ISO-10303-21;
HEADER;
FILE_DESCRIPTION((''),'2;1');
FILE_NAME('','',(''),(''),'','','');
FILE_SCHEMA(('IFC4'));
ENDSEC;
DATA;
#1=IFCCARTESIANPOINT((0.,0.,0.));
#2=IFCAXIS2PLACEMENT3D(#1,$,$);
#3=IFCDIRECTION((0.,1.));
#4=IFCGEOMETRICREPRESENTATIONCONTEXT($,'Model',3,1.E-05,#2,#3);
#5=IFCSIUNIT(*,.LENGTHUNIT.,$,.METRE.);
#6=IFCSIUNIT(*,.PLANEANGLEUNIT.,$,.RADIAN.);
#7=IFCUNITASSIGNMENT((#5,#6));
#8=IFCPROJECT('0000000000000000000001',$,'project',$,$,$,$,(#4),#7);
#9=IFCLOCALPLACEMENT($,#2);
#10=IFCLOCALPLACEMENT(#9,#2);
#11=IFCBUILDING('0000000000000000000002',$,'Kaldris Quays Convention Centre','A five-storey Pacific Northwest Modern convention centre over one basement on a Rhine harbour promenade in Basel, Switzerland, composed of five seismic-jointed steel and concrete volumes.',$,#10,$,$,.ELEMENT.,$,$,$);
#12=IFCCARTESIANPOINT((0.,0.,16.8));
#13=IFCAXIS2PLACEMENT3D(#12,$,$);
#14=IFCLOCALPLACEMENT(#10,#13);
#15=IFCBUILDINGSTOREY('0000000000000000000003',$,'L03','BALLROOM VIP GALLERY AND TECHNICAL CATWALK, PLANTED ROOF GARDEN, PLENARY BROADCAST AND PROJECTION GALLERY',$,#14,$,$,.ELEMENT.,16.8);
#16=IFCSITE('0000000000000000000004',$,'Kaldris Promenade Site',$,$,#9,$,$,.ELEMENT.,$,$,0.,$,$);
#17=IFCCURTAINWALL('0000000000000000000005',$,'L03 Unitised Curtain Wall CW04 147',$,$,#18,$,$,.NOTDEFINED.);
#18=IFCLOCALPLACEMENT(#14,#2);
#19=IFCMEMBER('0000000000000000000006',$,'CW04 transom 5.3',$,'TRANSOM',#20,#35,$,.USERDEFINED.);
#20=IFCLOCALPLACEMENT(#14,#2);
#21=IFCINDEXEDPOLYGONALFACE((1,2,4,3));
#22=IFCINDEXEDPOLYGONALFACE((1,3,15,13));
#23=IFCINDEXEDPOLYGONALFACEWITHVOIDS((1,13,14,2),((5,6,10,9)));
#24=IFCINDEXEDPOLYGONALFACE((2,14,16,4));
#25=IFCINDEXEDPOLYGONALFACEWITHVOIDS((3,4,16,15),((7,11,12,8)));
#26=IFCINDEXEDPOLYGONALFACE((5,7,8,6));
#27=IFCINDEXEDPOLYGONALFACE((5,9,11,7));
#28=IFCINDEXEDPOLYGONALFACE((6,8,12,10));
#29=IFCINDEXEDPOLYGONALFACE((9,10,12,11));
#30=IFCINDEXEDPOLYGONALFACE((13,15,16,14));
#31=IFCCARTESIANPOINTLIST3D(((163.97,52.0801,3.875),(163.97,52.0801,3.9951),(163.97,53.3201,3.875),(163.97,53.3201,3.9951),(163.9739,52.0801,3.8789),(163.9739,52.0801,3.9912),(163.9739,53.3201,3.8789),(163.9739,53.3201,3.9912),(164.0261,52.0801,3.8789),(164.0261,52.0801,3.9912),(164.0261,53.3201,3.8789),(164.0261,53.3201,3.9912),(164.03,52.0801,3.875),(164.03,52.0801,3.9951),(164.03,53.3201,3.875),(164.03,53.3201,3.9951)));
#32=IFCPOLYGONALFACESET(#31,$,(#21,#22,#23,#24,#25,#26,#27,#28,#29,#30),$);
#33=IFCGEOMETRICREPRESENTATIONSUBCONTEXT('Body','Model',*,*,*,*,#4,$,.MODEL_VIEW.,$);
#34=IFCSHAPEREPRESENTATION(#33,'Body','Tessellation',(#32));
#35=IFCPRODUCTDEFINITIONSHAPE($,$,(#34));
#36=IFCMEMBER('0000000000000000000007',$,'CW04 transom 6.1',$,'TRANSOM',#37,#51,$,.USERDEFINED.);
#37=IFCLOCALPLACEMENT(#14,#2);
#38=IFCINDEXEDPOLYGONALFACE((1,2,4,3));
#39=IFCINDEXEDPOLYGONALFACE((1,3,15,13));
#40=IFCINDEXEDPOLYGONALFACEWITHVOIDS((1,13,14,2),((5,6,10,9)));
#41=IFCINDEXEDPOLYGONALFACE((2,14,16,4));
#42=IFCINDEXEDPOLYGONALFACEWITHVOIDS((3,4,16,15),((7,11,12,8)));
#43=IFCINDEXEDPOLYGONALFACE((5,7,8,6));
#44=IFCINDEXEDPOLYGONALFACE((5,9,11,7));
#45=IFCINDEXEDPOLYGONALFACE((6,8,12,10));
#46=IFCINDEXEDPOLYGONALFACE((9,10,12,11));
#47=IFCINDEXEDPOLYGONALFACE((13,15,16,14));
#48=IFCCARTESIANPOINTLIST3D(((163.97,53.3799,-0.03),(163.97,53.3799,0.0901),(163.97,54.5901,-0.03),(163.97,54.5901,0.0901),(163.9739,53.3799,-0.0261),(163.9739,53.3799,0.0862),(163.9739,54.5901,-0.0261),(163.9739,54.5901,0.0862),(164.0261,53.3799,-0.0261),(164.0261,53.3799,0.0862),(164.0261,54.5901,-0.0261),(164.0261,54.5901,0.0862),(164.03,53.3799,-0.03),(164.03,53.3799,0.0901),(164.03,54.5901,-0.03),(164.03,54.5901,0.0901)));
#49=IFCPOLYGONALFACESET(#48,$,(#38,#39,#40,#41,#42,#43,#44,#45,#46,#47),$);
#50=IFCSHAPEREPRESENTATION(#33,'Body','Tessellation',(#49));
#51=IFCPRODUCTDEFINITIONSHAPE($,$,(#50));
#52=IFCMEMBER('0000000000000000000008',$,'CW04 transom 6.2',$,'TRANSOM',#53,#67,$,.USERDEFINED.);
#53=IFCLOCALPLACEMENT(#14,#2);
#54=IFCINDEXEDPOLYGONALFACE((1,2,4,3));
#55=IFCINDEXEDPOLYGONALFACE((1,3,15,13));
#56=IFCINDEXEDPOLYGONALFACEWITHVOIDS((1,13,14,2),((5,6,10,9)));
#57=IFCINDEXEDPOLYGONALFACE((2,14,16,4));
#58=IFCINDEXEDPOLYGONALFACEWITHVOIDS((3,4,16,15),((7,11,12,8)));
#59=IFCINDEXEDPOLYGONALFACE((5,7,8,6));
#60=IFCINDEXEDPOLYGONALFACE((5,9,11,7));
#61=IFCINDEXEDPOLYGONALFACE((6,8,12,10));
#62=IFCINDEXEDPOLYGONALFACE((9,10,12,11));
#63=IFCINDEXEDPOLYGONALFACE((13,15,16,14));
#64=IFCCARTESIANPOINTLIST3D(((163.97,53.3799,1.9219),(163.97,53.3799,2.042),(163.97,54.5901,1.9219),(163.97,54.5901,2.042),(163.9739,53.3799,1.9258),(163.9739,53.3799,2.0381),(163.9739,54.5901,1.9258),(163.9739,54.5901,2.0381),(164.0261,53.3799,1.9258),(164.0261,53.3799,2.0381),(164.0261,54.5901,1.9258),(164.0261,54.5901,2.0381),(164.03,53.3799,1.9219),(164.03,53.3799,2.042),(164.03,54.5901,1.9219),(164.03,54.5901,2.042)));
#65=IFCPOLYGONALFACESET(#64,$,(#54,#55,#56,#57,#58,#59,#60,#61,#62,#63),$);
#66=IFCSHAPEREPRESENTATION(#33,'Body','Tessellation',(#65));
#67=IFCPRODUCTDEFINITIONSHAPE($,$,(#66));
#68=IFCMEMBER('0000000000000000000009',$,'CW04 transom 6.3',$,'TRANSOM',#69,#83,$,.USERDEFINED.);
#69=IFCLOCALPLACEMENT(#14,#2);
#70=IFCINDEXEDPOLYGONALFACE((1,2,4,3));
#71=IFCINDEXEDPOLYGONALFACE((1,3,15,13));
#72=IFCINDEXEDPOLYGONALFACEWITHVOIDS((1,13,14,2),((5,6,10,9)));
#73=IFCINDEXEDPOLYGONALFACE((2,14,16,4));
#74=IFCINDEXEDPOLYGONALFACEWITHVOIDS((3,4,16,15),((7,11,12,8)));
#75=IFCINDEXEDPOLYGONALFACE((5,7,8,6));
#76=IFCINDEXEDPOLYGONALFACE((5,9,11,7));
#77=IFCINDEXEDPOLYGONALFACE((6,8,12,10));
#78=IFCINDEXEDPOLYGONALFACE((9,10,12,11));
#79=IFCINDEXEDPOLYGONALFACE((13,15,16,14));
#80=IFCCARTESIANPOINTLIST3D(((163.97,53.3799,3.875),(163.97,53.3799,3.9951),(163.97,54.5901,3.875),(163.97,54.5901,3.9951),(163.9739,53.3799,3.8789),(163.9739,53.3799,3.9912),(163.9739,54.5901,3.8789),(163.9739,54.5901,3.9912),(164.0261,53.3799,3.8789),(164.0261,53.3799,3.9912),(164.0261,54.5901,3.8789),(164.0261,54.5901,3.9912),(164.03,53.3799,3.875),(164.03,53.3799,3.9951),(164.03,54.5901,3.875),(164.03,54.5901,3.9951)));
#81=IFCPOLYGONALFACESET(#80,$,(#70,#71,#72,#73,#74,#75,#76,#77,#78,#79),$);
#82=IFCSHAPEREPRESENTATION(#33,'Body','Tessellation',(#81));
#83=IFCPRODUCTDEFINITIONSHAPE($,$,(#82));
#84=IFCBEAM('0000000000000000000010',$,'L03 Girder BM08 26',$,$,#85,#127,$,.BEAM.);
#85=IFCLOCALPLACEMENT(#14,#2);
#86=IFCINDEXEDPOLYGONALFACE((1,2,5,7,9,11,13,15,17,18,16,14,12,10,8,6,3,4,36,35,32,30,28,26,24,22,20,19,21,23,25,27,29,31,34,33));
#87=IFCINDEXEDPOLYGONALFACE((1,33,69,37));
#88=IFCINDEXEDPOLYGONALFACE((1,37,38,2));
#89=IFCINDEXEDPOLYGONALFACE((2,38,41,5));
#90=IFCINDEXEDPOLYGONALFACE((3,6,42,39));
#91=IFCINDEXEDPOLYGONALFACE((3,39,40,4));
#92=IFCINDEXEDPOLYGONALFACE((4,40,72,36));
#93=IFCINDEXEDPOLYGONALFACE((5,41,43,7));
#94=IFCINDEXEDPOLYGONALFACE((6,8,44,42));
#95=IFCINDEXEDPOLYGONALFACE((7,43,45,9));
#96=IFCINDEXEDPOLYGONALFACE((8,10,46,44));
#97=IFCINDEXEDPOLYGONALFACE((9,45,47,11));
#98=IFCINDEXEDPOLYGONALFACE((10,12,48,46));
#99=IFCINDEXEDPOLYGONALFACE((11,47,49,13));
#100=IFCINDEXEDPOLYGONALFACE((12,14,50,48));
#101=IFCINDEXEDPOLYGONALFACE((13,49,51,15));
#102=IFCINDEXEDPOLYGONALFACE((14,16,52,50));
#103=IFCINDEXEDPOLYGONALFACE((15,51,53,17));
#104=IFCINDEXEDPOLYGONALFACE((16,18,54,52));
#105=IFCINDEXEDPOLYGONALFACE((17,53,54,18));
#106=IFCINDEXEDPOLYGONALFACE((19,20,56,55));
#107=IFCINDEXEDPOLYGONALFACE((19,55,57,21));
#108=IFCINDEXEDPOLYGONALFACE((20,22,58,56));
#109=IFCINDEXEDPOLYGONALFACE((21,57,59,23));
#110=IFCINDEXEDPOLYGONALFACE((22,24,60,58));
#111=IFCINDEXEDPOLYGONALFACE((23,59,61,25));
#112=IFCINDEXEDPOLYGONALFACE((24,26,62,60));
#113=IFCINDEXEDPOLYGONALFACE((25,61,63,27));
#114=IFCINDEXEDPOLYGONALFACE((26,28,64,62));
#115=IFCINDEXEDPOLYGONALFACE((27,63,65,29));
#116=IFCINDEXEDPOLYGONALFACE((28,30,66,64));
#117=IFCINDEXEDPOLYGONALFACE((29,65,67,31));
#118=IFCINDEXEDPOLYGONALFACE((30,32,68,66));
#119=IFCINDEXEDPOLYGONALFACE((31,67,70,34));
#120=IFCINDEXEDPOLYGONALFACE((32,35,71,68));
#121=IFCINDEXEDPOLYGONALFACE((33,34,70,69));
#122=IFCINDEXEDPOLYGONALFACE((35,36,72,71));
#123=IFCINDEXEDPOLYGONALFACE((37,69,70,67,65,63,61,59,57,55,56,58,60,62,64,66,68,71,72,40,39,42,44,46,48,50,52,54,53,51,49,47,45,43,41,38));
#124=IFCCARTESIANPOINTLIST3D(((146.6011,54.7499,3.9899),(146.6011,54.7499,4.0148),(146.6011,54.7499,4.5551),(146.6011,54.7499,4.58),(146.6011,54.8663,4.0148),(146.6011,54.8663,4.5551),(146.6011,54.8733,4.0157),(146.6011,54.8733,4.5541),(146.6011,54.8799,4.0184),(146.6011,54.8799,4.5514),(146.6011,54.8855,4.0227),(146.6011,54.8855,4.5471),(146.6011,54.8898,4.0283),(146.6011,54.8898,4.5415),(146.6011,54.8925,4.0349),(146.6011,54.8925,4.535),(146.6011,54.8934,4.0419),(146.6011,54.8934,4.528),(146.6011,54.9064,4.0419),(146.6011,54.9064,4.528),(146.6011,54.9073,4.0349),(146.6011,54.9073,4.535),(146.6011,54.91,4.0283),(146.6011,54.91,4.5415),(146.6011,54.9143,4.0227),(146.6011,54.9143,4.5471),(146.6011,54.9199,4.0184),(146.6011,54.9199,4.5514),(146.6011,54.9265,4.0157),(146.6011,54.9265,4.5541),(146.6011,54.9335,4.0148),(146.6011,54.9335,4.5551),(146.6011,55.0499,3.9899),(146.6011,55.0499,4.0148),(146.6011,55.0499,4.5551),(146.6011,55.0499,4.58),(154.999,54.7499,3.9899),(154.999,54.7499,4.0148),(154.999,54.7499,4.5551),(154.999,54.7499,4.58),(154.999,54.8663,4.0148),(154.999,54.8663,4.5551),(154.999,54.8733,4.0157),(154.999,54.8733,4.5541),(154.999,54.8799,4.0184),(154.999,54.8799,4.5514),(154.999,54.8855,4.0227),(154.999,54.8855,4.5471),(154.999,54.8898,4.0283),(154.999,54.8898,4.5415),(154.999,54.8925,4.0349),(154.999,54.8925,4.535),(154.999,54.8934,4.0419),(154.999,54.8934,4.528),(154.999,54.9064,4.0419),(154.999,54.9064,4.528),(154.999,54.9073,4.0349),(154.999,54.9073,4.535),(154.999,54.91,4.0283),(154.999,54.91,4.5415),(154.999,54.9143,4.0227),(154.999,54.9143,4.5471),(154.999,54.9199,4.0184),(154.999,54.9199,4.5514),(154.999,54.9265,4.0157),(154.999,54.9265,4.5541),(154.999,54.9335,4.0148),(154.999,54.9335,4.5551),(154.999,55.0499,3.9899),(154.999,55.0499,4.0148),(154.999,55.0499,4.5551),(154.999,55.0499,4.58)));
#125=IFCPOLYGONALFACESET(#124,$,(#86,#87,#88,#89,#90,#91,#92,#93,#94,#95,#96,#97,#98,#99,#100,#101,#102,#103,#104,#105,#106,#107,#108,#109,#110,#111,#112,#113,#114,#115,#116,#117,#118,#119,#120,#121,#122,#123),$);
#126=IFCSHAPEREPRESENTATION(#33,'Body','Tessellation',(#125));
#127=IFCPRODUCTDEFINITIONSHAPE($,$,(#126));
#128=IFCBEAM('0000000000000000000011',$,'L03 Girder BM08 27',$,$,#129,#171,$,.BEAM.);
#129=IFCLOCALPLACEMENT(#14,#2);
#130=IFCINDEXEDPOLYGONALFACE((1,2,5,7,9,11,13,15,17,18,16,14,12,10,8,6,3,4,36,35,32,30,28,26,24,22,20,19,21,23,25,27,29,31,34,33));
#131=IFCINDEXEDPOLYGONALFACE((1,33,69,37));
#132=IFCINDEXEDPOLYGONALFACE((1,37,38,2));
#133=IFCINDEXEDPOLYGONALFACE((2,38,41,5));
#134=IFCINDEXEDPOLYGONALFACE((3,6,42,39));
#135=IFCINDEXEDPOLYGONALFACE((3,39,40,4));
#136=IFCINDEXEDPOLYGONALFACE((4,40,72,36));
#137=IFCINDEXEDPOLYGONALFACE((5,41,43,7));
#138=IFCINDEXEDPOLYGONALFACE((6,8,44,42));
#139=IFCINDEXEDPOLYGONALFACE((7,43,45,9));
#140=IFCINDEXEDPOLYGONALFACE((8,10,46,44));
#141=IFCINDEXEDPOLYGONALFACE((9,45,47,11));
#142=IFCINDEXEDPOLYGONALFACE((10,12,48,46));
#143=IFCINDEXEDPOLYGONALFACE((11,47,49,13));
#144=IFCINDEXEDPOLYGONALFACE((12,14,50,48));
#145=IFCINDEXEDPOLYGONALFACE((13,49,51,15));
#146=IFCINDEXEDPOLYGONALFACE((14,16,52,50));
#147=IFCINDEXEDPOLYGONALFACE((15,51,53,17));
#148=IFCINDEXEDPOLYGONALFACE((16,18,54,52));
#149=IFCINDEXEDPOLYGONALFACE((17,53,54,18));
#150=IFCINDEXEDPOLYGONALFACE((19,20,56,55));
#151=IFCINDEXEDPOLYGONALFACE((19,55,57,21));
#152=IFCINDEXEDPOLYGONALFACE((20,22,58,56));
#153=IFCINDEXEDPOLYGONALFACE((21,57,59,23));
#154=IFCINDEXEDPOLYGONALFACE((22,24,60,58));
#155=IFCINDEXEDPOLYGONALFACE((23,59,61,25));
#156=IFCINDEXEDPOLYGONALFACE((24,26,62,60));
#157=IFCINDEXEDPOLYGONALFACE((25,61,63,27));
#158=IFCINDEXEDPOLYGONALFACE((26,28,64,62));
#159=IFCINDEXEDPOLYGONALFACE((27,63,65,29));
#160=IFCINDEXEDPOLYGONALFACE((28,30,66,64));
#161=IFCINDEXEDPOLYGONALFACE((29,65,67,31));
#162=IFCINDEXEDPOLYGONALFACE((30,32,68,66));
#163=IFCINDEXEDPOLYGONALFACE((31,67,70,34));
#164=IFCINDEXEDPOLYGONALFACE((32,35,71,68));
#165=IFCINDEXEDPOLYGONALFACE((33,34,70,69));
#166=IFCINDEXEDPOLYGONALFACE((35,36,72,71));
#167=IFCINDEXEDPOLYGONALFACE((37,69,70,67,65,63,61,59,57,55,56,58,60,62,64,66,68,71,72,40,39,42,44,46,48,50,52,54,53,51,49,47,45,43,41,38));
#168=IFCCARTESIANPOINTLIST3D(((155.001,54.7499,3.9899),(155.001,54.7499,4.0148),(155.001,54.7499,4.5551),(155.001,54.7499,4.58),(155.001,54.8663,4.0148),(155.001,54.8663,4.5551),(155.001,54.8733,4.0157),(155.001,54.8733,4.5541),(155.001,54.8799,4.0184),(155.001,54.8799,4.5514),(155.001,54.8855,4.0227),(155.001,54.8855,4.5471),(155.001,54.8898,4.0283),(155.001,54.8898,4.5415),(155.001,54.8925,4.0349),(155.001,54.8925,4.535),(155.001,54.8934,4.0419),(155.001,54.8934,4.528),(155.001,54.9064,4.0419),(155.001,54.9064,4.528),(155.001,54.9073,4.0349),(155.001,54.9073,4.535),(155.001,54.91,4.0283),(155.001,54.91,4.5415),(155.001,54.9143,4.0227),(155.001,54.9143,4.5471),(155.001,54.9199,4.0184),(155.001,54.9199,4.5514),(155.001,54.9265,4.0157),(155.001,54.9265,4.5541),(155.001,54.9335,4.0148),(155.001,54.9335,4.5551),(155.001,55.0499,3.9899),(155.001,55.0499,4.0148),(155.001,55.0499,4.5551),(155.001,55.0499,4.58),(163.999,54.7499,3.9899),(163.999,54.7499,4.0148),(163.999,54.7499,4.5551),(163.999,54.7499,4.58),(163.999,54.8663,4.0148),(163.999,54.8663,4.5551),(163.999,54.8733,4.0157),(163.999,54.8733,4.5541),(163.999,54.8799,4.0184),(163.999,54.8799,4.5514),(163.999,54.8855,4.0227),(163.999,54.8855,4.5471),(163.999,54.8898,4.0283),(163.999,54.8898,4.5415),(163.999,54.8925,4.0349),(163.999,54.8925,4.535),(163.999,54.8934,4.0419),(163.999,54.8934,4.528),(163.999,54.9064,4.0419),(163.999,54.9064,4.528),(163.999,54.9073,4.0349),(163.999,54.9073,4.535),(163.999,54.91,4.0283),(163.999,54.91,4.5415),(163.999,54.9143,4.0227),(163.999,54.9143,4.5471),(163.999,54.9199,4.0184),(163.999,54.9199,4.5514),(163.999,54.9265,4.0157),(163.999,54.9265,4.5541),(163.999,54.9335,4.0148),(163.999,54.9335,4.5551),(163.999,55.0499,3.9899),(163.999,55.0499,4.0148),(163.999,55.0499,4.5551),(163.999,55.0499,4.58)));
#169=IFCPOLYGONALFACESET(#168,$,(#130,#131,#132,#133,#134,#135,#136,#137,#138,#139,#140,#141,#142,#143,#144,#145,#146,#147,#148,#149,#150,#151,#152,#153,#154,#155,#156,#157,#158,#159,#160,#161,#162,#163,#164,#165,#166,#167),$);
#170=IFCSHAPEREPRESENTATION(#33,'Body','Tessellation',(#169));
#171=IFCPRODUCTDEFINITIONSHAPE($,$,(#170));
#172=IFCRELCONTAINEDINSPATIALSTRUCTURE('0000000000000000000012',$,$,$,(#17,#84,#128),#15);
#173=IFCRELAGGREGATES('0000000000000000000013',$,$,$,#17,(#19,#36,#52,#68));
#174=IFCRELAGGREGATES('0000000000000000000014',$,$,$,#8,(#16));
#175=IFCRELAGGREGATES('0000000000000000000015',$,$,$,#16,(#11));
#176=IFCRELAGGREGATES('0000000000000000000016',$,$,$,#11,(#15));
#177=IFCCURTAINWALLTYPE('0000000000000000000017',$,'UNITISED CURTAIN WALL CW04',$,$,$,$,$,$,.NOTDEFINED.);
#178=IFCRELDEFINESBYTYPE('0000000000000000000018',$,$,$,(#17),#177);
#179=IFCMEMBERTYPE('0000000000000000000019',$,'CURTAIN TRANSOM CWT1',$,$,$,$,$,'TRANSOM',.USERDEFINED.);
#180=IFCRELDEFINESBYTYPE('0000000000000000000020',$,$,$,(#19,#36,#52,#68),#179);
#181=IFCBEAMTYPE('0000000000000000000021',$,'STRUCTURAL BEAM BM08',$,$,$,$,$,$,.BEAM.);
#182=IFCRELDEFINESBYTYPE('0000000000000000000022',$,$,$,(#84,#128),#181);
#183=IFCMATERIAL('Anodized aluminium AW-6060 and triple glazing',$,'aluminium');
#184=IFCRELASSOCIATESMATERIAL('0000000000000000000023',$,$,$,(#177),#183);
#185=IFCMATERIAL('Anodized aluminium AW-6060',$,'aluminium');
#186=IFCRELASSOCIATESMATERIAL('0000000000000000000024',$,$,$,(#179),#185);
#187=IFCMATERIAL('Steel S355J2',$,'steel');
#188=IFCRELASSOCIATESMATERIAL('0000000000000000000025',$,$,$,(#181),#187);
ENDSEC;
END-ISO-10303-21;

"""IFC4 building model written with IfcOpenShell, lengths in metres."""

from ifc_helpers import new_model, si_unit, direction, frame, origin, origin_2d, place, context, subcontext, project, spatial, hollow_rectangle, i_section, extrude, material, material_profile, profile_set, type_object, element, aggregate, save


model = new_model("IFC4")

# Units and contexts
model_context = context("Model", 3, precision=1e-05, world=origin(), true_north=direction((0.0, 1.0)))
body_context = subcontext(model_context, "Body", "Model", "MODEL_VIEW")
ifc_project = project(units=[si_unit("LENGTHUNIT", "METRE"), si_unit("PLANEANGLEUNIT", "RADIAN")], contexts=[model_context])

# Site, building, storey
site_placement = place(None, origin())
site = spatial("IfcSite", under=ifc_project, at=site_placement, Name="Kaldris Promenade Site", CompositionType="ELEMENT", RefElevation=0.0)
building_placement = place(site_placement, origin())
building = spatial("IfcBuilding", under=site, at=building_placement, Name="Kaldris Quays Convention Centre", Description="A five-storey Pacific Northwest Modern convention centre over one basement on a Rhine harbour promenade in Basel, Switzerland, composed of five seismic-jointed steel and concrete volumes.", CompositionType="ELEMENT")
storey_placement = place(building_placement, frame((0.0, 0.0, 16.8)))
storey = spatial("IfcBuildingStorey", under=building, at=storey_placement, Name="L03", Description="BALLROOM VIP GALLERY AND TECHNICAL CATWALK, PLANTED ROOF GARDEN, PLENARY BROADCAST AND PROJECTION GALLERY", CompositionType="ELEMENT", Elevation=16.8)

# Shared definitions
ifc_material_1 = material(Name="Steel S355J2", Category="steel")

# Curtain wall, members
ifc_material_2 = material(Name="Anodized aluminium AW-6060 and triple glazing", Category="aluminium")
curtain_wall_type = type_object("IfcCurtainWallType", Name="UNITISED CURTAIN WALL CW04", PredefinedType="NOTDEFINED", material=ifc_material_2)
curtain_wall_placement = place(storey_placement, origin())
curtain_wall = element("IfcCurtainWall", 1, at=curtain_wall_placement, inside=storey, type_object=curtain_wall_type, Name="L03 Unitised Curtain Wall CW04 147", PredefinedType="NOTDEFINED")
ifc_material_3 = material(Name="Anodized aluminium AW-6060", Category="aluminium")
ifc_material_profile_1 = material_profile(ifc_material_3, hollow_rectangle(XDim=0.0601, YDim=0.1201, WallThickness=0.0039, at=origin_2d()), Name="RHS 120x60x4")
ifc_profile_set_1 = profile_set([ifc_material_profile_1], Name="Anodized aluminium AW-6060")
member_type_1 = type_object("IfcMemberType", Name="CURTAIN TRANSOM CWT1", ElementType="TRANSOM", PredefinedType="USERDEFINED", material=ifc_profile_set_1)
member_1_placement = place(storey_placement, frame((164.0, 52.0801, 3.9351), z_axis=(0.0, 1.0, 0.0), x_axis=(-1.0, 0.0, 0.0)))
member_1 = element("IfcMember", 2, at=member_1_placement, type_object=member_type_1, Name="CW04 transom 5.3", ObjectType="TRANSOM", PredefinedType="USERDEFINED", context=body_context, shape_type="SweptSolid", body=[
    extrude(hollow_rectangle(XDim=0.0601, YDim=0.1201, WallThickness=0.0039, at=origin_2d()), origin(), (0.0, 0.0, 1.0), 1.24),
])
member_2_placement = place(storey_placement, frame((164.0, 53.3799, 0.03), z_axis=(0.0, 1.0, 0.0), x_axis=(-1.0, 0.0, 0.0)))
member_2 = element("IfcMember", 3, at=member_2_placement, type_object=member_type_1, Name="CW04 transom 6.1", ObjectType="TRANSOM", PredefinedType="USERDEFINED", context=body_context, shape_type="SweptSolid", body=[
    extrude(hollow_rectangle(XDim=0.0601, YDim=0.1201, WallThickness=0.0039, at=origin_2d()), origin(), (0.0, 0.0, 1.0), 1.2102),
])
member_3_placement = place(storey_placement, frame((164.0, 53.3799, 1.9819), z_axis=(0.0, 1.0, 0.0), x_axis=(-1.0, 0.0, 0.0)))
member_3 = element("IfcMember", 4, at=member_3_placement, type_object=member_type_1, Name="CW04 transom 6.2", ObjectType="TRANSOM", PredefinedType="USERDEFINED", context=body_context, shape_type="SweptSolid", body=[
    extrude(hollow_rectangle(XDim=0.0601, YDim=0.1201, WallThickness=0.0039, at=origin_2d()), origin(), (0.0, 0.0, 1.0), 1.2102),
])
member_4_placement = place(storey_placement, frame((164.0, 53.3799, 3.9351), z_axis=(0.0, 1.0, 0.0), x_axis=(-1.0, 0.0, 0.0)))
member_4 = element("IfcMember", 5, at=member_4_placement, type_object=member_type_1, Name="CW04 transom 6.3", ObjectType="TRANSOM", PredefinedType="USERDEFINED", context=body_context, shape_type="SweptSolid", body=[
    extrude(hollow_rectangle(XDim=0.0601, YDim=0.1201, WallThickness=0.0039, at=origin_2d()), origin(), (0.0, 0.0, 1.0), 1.2102),
])

# Beams
ifc_material_profile_2 = material_profile(ifc_material_1, i_section(OverallWidth=0.3, OverallDepth=0.5901, WebThickness=0.0129, FlangeThickness=0.0249, FilletRadius=0.0271, at=origin_2d()), Name="HEA 600")
ifc_profile_set_2 = profile_set([ifc_material_profile_2], Name="Steel S355J2")
beam_type_1 = type_object("IfcBeamType", Name="STRUCTURAL BEAM BM08", PredefinedType="BEAM", material=ifc_profile_set_2)
beam_1_placement = place(storey_placement, frame((146.6011, 54.8999, 4.2849), z_axis=(1.0, 0.0, 0.0), x_axis=(0.0, 1.0, 0.0)))
element("IfcBeam", 6, at=beam_1_placement, inside=storey, type_object=beam_type_1, Name="L03 Girder BM08 26", PredefinedType="BEAM", context=body_context, shape_type="SweptSolid", body=[
    extrude(i_section(OverallWidth=0.3, OverallDepth=0.5901, WebThickness=0.0129, FlangeThickness=0.0249, FilletRadius=0.0271, at=origin_2d()), origin(), (0.0, 0.0, 1.0), 8.3979),
])
beam_2_placement = place(storey_placement, frame((155.001, 54.8999, 4.2849), z_axis=(1.0, 0.0, 0.0), x_axis=(0.0, 1.0, 0.0)))
element("IfcBeam", 7, at=beam_2_placement, inside=storey, type_object=beam_type_1, Name="L03 Girder BM08 27", PredefinedType="BEAM", context=body_context, shape_type="SweptSolid", body=[
    extrude(i_section(OverallWidth=0.3, OverallDepth=0.5901, WebThickness=0.0129, FlangeThickness=0.0249, FilletRadius=0.0271, at=origin_2d()), origin(), (0.0, 0.0, 1.0), 8.998),
])

aggregate(curtain_wall, [member_1, member_2, member_3, member_4])

save(model, "model.ifc")
